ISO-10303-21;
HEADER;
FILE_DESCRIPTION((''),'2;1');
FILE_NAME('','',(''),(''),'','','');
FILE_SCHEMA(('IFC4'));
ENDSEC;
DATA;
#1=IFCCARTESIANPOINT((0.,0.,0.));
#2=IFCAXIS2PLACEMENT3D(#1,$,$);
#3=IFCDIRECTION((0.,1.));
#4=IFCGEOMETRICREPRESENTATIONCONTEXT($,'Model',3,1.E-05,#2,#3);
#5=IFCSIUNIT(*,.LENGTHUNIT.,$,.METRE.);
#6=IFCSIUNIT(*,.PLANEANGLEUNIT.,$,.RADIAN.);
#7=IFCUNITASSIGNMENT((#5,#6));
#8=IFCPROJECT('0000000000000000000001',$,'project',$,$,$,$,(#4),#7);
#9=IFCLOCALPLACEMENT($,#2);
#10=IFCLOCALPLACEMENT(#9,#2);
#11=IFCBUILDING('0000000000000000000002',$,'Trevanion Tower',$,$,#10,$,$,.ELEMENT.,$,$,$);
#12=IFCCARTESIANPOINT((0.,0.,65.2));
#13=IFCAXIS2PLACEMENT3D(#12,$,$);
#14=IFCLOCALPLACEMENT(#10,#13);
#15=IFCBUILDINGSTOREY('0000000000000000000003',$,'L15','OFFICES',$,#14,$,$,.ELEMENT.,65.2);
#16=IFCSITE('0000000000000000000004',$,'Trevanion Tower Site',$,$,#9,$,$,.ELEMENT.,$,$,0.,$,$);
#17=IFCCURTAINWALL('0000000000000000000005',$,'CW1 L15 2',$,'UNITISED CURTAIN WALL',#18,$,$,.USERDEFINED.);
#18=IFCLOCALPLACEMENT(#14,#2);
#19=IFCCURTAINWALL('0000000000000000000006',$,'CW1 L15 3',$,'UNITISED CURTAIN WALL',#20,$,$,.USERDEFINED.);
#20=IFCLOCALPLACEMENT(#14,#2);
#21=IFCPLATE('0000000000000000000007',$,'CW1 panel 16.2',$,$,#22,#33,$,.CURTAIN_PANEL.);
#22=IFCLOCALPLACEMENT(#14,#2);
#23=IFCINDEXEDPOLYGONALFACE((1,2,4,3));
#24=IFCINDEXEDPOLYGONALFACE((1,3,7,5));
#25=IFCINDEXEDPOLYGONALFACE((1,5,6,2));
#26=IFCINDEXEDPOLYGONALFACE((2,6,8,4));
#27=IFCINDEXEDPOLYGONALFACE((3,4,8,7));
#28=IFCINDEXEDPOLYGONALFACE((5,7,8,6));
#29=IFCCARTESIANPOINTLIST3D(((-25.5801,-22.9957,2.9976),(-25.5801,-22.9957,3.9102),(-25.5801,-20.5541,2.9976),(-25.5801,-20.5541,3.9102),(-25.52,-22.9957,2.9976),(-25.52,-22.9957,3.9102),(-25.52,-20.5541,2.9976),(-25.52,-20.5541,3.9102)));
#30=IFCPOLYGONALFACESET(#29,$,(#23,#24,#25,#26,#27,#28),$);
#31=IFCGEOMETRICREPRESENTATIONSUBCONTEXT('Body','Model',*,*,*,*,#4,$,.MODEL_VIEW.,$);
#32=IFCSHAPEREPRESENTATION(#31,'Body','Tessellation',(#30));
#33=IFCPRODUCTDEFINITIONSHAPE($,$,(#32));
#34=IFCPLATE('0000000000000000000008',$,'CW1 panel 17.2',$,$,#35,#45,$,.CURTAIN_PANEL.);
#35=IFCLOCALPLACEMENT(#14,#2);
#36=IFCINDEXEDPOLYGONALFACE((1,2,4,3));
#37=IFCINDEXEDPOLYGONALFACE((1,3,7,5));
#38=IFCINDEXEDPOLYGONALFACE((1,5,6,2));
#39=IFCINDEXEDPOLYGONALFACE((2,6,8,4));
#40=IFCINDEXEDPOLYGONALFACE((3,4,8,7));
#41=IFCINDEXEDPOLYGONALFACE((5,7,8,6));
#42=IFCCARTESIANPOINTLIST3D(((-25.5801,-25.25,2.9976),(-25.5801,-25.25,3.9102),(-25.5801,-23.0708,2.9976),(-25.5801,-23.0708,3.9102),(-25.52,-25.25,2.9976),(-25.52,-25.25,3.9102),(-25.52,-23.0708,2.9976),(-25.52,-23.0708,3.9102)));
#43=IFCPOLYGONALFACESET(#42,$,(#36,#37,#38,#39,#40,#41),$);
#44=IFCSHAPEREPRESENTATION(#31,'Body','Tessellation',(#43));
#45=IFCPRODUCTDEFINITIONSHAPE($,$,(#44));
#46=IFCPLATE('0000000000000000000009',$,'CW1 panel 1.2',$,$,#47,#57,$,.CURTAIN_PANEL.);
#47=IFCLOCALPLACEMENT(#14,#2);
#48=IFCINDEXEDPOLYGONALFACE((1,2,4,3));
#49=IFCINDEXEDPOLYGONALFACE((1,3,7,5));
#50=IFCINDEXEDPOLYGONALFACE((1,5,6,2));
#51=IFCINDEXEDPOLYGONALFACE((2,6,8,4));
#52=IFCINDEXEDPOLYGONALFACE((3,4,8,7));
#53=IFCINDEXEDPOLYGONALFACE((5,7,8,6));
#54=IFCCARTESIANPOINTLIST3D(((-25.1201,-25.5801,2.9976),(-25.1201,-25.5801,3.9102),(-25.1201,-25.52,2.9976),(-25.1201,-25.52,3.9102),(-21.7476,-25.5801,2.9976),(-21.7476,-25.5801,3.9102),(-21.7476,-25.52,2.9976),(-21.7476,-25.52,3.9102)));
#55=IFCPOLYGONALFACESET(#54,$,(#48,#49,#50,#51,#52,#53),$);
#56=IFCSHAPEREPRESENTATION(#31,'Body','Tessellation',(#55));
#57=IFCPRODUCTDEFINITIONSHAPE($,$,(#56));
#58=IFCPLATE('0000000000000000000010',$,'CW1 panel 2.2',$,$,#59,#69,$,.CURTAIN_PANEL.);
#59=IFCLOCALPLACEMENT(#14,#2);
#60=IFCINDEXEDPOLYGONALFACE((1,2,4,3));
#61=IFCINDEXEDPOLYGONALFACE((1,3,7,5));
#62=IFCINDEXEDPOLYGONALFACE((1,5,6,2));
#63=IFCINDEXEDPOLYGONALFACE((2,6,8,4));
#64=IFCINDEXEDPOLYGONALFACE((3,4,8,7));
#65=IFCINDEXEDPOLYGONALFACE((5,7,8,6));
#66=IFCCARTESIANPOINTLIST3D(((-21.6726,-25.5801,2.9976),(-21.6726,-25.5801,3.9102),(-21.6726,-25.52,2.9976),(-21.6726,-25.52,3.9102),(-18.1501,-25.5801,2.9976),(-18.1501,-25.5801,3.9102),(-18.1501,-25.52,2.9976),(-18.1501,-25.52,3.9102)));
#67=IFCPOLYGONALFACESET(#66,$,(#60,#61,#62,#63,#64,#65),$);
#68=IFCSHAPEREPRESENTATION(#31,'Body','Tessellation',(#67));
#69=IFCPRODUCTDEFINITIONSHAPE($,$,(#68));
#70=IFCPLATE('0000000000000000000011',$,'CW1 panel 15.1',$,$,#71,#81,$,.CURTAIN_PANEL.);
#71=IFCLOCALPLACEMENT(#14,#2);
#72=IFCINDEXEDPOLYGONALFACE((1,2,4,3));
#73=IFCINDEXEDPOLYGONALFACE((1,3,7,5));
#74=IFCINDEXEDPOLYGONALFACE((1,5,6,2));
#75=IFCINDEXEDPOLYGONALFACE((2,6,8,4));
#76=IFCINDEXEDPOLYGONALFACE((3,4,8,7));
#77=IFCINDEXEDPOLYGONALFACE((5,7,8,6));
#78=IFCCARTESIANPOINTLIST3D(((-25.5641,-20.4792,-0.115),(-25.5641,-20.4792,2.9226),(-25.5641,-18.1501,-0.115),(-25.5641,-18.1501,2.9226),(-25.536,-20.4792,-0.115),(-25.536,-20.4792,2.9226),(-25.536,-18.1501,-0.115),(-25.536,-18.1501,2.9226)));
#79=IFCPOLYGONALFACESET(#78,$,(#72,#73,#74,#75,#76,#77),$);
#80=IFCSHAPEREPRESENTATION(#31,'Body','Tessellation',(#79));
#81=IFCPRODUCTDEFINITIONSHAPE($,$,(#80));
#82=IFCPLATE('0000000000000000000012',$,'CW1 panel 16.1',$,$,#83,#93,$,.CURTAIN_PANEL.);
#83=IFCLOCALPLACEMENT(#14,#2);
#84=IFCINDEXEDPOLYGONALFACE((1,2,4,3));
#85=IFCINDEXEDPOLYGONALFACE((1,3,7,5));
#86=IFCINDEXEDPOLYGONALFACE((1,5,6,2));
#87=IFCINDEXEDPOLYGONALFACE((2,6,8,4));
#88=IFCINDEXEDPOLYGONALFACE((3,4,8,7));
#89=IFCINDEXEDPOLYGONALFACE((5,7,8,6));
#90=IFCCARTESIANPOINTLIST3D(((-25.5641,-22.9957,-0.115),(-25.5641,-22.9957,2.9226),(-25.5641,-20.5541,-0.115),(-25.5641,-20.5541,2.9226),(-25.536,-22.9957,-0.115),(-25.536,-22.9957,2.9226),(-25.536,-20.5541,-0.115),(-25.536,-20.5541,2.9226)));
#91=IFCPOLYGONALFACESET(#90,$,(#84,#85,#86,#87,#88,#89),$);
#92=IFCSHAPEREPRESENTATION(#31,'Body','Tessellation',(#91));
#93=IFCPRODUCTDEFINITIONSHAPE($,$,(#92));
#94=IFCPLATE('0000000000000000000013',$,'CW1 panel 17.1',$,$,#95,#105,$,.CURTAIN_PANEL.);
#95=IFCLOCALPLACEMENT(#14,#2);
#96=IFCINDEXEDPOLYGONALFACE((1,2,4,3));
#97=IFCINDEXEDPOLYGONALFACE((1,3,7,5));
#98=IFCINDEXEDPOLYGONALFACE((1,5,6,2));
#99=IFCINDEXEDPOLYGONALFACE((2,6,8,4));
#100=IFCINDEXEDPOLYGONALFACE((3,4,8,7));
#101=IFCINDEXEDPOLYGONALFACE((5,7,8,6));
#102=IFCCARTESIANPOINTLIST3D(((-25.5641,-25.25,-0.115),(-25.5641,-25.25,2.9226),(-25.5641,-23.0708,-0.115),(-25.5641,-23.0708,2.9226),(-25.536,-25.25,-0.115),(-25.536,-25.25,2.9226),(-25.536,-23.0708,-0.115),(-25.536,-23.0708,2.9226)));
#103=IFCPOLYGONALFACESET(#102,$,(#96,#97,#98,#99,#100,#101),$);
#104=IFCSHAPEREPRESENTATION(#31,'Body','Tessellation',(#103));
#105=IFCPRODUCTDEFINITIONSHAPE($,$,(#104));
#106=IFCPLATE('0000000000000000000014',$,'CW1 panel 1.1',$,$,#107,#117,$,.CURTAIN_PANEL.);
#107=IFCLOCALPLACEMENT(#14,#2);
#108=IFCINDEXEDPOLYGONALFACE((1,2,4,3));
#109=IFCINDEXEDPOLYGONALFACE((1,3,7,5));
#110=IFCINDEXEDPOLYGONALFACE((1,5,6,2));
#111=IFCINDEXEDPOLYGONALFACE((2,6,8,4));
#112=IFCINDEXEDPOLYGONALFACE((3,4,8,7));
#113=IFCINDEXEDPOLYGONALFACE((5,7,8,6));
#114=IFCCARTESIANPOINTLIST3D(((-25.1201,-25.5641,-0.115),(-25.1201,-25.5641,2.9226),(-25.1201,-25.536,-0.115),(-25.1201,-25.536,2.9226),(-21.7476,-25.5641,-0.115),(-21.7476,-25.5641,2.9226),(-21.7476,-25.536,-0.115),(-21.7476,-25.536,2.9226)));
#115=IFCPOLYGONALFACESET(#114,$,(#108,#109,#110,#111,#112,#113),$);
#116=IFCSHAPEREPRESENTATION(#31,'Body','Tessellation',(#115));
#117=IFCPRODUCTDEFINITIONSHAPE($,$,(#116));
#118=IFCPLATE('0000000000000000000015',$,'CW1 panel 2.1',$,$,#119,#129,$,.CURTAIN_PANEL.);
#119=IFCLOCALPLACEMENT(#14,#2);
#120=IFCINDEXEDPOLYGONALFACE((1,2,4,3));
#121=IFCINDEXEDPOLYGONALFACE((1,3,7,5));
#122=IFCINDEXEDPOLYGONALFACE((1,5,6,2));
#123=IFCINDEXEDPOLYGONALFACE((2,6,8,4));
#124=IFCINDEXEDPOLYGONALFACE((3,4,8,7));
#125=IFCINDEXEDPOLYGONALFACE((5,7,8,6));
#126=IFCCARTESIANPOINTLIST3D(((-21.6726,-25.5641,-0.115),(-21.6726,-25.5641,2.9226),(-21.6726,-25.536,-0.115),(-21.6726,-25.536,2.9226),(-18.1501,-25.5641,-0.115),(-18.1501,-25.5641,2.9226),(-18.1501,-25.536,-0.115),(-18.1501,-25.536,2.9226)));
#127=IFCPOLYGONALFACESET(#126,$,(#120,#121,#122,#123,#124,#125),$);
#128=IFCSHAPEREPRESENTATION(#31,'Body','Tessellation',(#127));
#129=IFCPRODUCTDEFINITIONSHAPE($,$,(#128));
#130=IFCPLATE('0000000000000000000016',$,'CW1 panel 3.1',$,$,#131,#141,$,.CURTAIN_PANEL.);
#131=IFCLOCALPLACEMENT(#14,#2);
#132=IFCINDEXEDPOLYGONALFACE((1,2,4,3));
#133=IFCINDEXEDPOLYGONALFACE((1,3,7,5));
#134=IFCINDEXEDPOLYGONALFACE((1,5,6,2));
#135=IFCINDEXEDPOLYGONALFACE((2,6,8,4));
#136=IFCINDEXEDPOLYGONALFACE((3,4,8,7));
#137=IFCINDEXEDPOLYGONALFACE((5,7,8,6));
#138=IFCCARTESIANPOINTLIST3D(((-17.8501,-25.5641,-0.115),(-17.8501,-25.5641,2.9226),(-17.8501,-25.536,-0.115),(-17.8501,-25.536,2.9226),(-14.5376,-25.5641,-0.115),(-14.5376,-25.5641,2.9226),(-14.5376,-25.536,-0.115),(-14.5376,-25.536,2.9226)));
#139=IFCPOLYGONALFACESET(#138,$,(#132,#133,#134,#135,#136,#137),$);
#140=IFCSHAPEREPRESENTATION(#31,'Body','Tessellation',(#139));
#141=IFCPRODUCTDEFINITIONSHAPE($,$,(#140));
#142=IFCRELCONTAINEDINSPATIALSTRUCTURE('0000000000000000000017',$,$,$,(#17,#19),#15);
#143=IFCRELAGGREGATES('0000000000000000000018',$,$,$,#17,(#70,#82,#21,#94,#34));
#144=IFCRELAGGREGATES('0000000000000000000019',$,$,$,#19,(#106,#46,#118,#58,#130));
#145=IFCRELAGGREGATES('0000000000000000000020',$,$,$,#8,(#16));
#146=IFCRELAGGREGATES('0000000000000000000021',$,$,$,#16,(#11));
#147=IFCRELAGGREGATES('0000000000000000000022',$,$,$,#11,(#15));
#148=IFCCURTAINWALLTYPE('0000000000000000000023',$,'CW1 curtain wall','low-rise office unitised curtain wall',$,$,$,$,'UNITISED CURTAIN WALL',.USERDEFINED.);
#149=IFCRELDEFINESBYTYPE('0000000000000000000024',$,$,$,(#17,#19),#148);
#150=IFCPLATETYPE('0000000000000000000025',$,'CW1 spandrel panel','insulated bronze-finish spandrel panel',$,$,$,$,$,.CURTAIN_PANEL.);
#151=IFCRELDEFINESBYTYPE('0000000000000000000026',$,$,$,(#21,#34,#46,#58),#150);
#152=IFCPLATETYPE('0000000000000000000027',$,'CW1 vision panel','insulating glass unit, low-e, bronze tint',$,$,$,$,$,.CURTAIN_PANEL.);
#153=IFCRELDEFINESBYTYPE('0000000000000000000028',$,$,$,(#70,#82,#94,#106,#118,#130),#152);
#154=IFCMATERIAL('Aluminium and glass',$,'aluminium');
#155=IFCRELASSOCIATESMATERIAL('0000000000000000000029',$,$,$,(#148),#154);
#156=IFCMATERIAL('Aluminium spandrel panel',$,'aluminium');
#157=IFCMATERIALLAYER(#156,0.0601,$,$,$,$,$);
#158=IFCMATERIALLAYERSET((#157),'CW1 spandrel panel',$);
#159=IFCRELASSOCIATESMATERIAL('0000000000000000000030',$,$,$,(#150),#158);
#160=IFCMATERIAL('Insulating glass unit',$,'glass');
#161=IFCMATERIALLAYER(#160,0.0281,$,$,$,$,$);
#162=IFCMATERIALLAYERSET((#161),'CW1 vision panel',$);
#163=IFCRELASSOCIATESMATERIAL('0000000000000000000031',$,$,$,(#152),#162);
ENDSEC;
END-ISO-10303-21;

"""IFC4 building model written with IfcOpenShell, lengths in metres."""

from ifc_helpers import new_model, si_unit, direction, frame, origin, origin_2d, place, context, subcontext, project, spatial, rectangle, extrude, material, layer, layer_set, type_object, element, aggregate, save


model = new_model("IFC4")

# Units and contexts
model_context = context("Model", 3, precision=1e-05, world=origin(), true_north=direction((0.0, 1.0)))
body_context = subcontext(model_context, "Body", "Model", "MODEL_VIEW")
ifc_project = project(units=[si_unit("LENGTHUNIT", "METRE"), si_unit("PLANEANGLEUNIT", "RADIAN")], contexts=[model_context])

# Site, building, storey
site_placement = place(None, origin())
site = spatial("IfcSite", under=ifc_project, at=site_placement, Name="Trevanion Tower Site", CompositionType="ELEMENT", RefElevation=0.0)
building_placement = place(site_placement, origin())
building = spatial("IfcBuilding", under=site, at=building_placement, Name="Trevanion Tower", CompositionType="ELEMENT")
storey_placement = place(building_placement, frame((0.0, 0.0, 65.2)))
storey = spatial("IfcBuildingStorey", under=building, at=storey_placement, Name="L15", Description="OFFICES", CompositionType="ELEMENT", Elevation=65.2)

# Curtain wall
ifc_material_1 = material(Name="Aluminium and glass", Category="aluminium")
curtain_wall_type = type_object("IfcCurtainWallType", Name="CW1 curtain wall", Description="low-rise office unitised curtain wall", ElementType="UNITISED CURTAIN WALL", PredefinedType="USERDEFINED", material=ifc_material_1)
curtain_wall_1_placement = place(storey_placement, origin())
curtain_wall_1 = element("IfcCurtainWall", 1, at=curtain_wall_1_placement, inside=storey, type_object=curtain_wall_type, Name="CW1 L15 2", ObjectType="UNITISED CURTAIN WALL", PredefinedType="USERDEFINED")

# Curtain wall
curtain_wall_2_placement = place(storey_placement, origin())
curtain_wall_2 = element("IfcCurtainWall", 2, at=curtain_wall_2_placement, inside=storey, type_object=curtain_wall_type, Name="CW1 L15 3", ObjectType="UNITISED CURTAIN WALL", PredefinedType="USERDEFINED")

# Plates
ifc_material_2 = material(Name="Aluminium spandrel panel", Category="aluminium")
ifc_layer_1 = layer(ifc_material_2, 0.0601)
ifc_layer_set_1 = layer_set([ifc_layer_1], Name="CW1 spandrel panel")
plate_type_1 = type_object("IfcPlateType", Name="CW1 spandrel panel", Description="insulated bronze-finish spandrel panel", PredefinedType="CURTAIN_PANEL", material=ifc_layer_set_1)
plate_1_placement = place(storey_placement, frame((-25.55, -21.7749, 2.9976), z_axis=(0.0, 0.0, 1.0), x_axis=(0.0, -1.0, 0.0)))
plate_1 = element("IfcPlate", 3, at=plate_1_placement, type_object=plate_type_1, Name="CW1 panel 16.2", PredefinedType="CURTAIN_PANEL", context=body_context, shape_type="SweptSolid", body=[
    extrude(rectangle(XDim=2.4417, YDim=0.0601, at=origin_2d()), origin(), (0.0, 0.0, 1.0), 0.9126),
])
plate_2_placement = place(storey_placement, frame((-25.55, -24.1604, 2.9976), z_axis=(0.0, 0.0, 1.0), x_axis=(0.0, -1.0, 0.0)))
plate_2 = element("IfcPlate", 4, at=plate_2_placement, type_object=plate_type_1, Name="CW1 panel 17.2", PredefinedType="CURTAIN_PANEL", context=body_context, shape_type="SweptSolid", body=[
    extrude(rectangle(XDim=2.1792, YDim=0.0601, at=origin_2d()), origin(), (0.0, 0.0, 1.0), 0.9126),
])
plate_3_placement = place(storey_placement, frame((-23.4338, -25.55, 2.9976), z_axis=(0.0, 0.0, 1.0), x_axis=(1.0, 0.0, 0.0)))
plate_3 = element("IfcPlate", 5, at=plate_3_placement, type_object=plate_type_1, Name="CW1 panel 1.2", PredefinedType="CURTAIN_PANEL", context=body_context, shape_type="SweptSolid", body=[
    extrude(rectangle(XDim=3.3726, YDim=0.0601, at=origin_2d()), origin(), (0.0, 0.0, 1.0), 0.9126),
])
plate_4_placement = place(storey_placement, frame((-19.9114, -25.55, 2.9976), z_axis=(0.0, 0.0, 1.0), x_axis=(1.0, 0.0, 0.0)))
plate_4 = element("IfcPlate", 6, at=plate_4_placement, type_object=plate_type_1, Name="CW1 panel 2.2", PredefinedType="CURTAIN_PANEL", context=body_context, shape_type="SweptSolid", body=[
    extrude(rectangle(XDim=3.5225, YDim=0.0601, at=origin_2d()), origin(), (0.0, 0.0, 1.0), 0.9126),
])
ifc_material_3 = material(Name="Insulating glass unit", Category="glass")
ifc_layer_2 = layer(ifc_material_3, 0.0281)
ifc_layer_set_2 = layer_set([ifc_layer_2], Name="CW1 vision panel")
plate_type_2 = type_object("IfcPlateType", Name="CW1 vision panel", Description="insulating glass unit, low-e, bronze tint", PredefinedType="CURTAIN_PANEL", material=ifc_layer_set_2)
plate_5_placement = place(storey_placement, frame((-25.55, -19.3147, -0.115), z_axis=(0.0, 0.0, 1.0), x_axis=(0.0, -1.0, 0.0)))
plate_5 = element("IfcPlate", 7, at=plate_5_placement, type_object=plate_type_2, Name="CW1 panel 15.1", PredefinedType="CURTAIN_PANEL", context=body_context, shape_type="SweptSolid", body=[
    extrude(rectangle(XDim=2.3291, YDim=0.0281, at=origin_2d()), origin(), (0.0, 0.0, 1.0), 3.0376),
])
plate_6_placement = place(storey_placement, frame((-25.55, -21.7749, -0.115), z_axis=(0.0, 0.0, 1.0), x_axis=(0.0, -1.0, 0.0)))
plate_6 = element("IfcPlate", 8, at=plate_6_placement, type_object=plate_type_2, Name="CW1 panel 16.1", PredefinedType="CURTAIN_PANEL", context=body_context, shape_type="SweptSolid", body=[
    extrude(rectangle(XDim=2.4417, YDim=0.0281, at=origin_2d()), origin(), (0.0, 0.0, 1.0), 3.0376),
])
plate_7_placement = place(storey_placement, frame((-25.55, -24.1604, -0.115), z_axis=(0.0, 0.0, 1.0), x_axis=(0.0, -1.0, 0.0)))
plate_7 = element("IfcPlate", 9, at=plate_7_placement, type_object=plate_type_2, Name="CW1 panel 17.1", PredefinedType="CURTAIN_PANEL", context=body_context, shape_type="SweptSolid", body=[
    extrude(rectangle(XDim=2.1792, YDim=0.0281, at=origin_2d()), origin(), (0.0, 0.0, 1.0), 3.0376),
])
aggregate(curtain_wall_1, [plate_5, plate_6, plate_1, plate_7, plate_2])
plate_8_placement = place(storey_placement, frame((-23.4338, -25.55, -0.115), z_axis=(0.0, 0.0, 1.0), x_axis=(1.0, 0.0, 0.0)))
plate_8 = element("IfcPlate", 10, at=plate_8_placement, type_object=plate_type_2, Name="CW1 panel 1.1", PredefinedType="CURTAIN_PANEL", context=body_context, shape_type="SweptSolid", body=[
    extrude(rectangle(XDim=3.3726, YDim=0.0281, at=origin_2d()), origin(), (0.0, 0.0, 1.0), 3.0376),
])
plate_9_placement = place(storey_placement, frame((-19.9114, -25.55, -0.115), z_axis=(0.0, 0.0, 1.0), x_axis=(1.0, 0.0, 0.0)))
plate_9 = element("IfcPlate", 11, at=plate_9_placement, type_object=plate_type_2, Name="CW1 panel 2.1", PredefinedType="CURTAIN_PANEL", context=body_context, shape_type="SweptSolid", body=[
    extrude(rectangle(XDim=3.5225, YDim=0.0281, at=origin_2d()), origin(), (0.0, 0.0, 1.0), 3.0376),
])
plate_10_placement = place(storey_placement, frame((-16.1938, -25.55, -0.115), z_axis=(0.0, 0.0, 1.0), x_axis=(1.0, 0.0, 0.0)))
plate_10 = element("IfcPlate", 12, at=plate_10_placement, type_object=plate_type_2, Name="CW1 panel 3.1", PredefinedType="CURTAIN_PANEL", context=body_context, shape_type="SweptSolid", body=[
    extrude(rectangle(XDim=3.3125, YDim=0.0281, at=origin_2d()), origin(), (0.0, 0.0, 1.0), 3.0376),
])
aggregate(curtain_wall_2, [plate_8, plate_3, plate_9, plate_4, plate_10])

save(model, "model.ifc")
